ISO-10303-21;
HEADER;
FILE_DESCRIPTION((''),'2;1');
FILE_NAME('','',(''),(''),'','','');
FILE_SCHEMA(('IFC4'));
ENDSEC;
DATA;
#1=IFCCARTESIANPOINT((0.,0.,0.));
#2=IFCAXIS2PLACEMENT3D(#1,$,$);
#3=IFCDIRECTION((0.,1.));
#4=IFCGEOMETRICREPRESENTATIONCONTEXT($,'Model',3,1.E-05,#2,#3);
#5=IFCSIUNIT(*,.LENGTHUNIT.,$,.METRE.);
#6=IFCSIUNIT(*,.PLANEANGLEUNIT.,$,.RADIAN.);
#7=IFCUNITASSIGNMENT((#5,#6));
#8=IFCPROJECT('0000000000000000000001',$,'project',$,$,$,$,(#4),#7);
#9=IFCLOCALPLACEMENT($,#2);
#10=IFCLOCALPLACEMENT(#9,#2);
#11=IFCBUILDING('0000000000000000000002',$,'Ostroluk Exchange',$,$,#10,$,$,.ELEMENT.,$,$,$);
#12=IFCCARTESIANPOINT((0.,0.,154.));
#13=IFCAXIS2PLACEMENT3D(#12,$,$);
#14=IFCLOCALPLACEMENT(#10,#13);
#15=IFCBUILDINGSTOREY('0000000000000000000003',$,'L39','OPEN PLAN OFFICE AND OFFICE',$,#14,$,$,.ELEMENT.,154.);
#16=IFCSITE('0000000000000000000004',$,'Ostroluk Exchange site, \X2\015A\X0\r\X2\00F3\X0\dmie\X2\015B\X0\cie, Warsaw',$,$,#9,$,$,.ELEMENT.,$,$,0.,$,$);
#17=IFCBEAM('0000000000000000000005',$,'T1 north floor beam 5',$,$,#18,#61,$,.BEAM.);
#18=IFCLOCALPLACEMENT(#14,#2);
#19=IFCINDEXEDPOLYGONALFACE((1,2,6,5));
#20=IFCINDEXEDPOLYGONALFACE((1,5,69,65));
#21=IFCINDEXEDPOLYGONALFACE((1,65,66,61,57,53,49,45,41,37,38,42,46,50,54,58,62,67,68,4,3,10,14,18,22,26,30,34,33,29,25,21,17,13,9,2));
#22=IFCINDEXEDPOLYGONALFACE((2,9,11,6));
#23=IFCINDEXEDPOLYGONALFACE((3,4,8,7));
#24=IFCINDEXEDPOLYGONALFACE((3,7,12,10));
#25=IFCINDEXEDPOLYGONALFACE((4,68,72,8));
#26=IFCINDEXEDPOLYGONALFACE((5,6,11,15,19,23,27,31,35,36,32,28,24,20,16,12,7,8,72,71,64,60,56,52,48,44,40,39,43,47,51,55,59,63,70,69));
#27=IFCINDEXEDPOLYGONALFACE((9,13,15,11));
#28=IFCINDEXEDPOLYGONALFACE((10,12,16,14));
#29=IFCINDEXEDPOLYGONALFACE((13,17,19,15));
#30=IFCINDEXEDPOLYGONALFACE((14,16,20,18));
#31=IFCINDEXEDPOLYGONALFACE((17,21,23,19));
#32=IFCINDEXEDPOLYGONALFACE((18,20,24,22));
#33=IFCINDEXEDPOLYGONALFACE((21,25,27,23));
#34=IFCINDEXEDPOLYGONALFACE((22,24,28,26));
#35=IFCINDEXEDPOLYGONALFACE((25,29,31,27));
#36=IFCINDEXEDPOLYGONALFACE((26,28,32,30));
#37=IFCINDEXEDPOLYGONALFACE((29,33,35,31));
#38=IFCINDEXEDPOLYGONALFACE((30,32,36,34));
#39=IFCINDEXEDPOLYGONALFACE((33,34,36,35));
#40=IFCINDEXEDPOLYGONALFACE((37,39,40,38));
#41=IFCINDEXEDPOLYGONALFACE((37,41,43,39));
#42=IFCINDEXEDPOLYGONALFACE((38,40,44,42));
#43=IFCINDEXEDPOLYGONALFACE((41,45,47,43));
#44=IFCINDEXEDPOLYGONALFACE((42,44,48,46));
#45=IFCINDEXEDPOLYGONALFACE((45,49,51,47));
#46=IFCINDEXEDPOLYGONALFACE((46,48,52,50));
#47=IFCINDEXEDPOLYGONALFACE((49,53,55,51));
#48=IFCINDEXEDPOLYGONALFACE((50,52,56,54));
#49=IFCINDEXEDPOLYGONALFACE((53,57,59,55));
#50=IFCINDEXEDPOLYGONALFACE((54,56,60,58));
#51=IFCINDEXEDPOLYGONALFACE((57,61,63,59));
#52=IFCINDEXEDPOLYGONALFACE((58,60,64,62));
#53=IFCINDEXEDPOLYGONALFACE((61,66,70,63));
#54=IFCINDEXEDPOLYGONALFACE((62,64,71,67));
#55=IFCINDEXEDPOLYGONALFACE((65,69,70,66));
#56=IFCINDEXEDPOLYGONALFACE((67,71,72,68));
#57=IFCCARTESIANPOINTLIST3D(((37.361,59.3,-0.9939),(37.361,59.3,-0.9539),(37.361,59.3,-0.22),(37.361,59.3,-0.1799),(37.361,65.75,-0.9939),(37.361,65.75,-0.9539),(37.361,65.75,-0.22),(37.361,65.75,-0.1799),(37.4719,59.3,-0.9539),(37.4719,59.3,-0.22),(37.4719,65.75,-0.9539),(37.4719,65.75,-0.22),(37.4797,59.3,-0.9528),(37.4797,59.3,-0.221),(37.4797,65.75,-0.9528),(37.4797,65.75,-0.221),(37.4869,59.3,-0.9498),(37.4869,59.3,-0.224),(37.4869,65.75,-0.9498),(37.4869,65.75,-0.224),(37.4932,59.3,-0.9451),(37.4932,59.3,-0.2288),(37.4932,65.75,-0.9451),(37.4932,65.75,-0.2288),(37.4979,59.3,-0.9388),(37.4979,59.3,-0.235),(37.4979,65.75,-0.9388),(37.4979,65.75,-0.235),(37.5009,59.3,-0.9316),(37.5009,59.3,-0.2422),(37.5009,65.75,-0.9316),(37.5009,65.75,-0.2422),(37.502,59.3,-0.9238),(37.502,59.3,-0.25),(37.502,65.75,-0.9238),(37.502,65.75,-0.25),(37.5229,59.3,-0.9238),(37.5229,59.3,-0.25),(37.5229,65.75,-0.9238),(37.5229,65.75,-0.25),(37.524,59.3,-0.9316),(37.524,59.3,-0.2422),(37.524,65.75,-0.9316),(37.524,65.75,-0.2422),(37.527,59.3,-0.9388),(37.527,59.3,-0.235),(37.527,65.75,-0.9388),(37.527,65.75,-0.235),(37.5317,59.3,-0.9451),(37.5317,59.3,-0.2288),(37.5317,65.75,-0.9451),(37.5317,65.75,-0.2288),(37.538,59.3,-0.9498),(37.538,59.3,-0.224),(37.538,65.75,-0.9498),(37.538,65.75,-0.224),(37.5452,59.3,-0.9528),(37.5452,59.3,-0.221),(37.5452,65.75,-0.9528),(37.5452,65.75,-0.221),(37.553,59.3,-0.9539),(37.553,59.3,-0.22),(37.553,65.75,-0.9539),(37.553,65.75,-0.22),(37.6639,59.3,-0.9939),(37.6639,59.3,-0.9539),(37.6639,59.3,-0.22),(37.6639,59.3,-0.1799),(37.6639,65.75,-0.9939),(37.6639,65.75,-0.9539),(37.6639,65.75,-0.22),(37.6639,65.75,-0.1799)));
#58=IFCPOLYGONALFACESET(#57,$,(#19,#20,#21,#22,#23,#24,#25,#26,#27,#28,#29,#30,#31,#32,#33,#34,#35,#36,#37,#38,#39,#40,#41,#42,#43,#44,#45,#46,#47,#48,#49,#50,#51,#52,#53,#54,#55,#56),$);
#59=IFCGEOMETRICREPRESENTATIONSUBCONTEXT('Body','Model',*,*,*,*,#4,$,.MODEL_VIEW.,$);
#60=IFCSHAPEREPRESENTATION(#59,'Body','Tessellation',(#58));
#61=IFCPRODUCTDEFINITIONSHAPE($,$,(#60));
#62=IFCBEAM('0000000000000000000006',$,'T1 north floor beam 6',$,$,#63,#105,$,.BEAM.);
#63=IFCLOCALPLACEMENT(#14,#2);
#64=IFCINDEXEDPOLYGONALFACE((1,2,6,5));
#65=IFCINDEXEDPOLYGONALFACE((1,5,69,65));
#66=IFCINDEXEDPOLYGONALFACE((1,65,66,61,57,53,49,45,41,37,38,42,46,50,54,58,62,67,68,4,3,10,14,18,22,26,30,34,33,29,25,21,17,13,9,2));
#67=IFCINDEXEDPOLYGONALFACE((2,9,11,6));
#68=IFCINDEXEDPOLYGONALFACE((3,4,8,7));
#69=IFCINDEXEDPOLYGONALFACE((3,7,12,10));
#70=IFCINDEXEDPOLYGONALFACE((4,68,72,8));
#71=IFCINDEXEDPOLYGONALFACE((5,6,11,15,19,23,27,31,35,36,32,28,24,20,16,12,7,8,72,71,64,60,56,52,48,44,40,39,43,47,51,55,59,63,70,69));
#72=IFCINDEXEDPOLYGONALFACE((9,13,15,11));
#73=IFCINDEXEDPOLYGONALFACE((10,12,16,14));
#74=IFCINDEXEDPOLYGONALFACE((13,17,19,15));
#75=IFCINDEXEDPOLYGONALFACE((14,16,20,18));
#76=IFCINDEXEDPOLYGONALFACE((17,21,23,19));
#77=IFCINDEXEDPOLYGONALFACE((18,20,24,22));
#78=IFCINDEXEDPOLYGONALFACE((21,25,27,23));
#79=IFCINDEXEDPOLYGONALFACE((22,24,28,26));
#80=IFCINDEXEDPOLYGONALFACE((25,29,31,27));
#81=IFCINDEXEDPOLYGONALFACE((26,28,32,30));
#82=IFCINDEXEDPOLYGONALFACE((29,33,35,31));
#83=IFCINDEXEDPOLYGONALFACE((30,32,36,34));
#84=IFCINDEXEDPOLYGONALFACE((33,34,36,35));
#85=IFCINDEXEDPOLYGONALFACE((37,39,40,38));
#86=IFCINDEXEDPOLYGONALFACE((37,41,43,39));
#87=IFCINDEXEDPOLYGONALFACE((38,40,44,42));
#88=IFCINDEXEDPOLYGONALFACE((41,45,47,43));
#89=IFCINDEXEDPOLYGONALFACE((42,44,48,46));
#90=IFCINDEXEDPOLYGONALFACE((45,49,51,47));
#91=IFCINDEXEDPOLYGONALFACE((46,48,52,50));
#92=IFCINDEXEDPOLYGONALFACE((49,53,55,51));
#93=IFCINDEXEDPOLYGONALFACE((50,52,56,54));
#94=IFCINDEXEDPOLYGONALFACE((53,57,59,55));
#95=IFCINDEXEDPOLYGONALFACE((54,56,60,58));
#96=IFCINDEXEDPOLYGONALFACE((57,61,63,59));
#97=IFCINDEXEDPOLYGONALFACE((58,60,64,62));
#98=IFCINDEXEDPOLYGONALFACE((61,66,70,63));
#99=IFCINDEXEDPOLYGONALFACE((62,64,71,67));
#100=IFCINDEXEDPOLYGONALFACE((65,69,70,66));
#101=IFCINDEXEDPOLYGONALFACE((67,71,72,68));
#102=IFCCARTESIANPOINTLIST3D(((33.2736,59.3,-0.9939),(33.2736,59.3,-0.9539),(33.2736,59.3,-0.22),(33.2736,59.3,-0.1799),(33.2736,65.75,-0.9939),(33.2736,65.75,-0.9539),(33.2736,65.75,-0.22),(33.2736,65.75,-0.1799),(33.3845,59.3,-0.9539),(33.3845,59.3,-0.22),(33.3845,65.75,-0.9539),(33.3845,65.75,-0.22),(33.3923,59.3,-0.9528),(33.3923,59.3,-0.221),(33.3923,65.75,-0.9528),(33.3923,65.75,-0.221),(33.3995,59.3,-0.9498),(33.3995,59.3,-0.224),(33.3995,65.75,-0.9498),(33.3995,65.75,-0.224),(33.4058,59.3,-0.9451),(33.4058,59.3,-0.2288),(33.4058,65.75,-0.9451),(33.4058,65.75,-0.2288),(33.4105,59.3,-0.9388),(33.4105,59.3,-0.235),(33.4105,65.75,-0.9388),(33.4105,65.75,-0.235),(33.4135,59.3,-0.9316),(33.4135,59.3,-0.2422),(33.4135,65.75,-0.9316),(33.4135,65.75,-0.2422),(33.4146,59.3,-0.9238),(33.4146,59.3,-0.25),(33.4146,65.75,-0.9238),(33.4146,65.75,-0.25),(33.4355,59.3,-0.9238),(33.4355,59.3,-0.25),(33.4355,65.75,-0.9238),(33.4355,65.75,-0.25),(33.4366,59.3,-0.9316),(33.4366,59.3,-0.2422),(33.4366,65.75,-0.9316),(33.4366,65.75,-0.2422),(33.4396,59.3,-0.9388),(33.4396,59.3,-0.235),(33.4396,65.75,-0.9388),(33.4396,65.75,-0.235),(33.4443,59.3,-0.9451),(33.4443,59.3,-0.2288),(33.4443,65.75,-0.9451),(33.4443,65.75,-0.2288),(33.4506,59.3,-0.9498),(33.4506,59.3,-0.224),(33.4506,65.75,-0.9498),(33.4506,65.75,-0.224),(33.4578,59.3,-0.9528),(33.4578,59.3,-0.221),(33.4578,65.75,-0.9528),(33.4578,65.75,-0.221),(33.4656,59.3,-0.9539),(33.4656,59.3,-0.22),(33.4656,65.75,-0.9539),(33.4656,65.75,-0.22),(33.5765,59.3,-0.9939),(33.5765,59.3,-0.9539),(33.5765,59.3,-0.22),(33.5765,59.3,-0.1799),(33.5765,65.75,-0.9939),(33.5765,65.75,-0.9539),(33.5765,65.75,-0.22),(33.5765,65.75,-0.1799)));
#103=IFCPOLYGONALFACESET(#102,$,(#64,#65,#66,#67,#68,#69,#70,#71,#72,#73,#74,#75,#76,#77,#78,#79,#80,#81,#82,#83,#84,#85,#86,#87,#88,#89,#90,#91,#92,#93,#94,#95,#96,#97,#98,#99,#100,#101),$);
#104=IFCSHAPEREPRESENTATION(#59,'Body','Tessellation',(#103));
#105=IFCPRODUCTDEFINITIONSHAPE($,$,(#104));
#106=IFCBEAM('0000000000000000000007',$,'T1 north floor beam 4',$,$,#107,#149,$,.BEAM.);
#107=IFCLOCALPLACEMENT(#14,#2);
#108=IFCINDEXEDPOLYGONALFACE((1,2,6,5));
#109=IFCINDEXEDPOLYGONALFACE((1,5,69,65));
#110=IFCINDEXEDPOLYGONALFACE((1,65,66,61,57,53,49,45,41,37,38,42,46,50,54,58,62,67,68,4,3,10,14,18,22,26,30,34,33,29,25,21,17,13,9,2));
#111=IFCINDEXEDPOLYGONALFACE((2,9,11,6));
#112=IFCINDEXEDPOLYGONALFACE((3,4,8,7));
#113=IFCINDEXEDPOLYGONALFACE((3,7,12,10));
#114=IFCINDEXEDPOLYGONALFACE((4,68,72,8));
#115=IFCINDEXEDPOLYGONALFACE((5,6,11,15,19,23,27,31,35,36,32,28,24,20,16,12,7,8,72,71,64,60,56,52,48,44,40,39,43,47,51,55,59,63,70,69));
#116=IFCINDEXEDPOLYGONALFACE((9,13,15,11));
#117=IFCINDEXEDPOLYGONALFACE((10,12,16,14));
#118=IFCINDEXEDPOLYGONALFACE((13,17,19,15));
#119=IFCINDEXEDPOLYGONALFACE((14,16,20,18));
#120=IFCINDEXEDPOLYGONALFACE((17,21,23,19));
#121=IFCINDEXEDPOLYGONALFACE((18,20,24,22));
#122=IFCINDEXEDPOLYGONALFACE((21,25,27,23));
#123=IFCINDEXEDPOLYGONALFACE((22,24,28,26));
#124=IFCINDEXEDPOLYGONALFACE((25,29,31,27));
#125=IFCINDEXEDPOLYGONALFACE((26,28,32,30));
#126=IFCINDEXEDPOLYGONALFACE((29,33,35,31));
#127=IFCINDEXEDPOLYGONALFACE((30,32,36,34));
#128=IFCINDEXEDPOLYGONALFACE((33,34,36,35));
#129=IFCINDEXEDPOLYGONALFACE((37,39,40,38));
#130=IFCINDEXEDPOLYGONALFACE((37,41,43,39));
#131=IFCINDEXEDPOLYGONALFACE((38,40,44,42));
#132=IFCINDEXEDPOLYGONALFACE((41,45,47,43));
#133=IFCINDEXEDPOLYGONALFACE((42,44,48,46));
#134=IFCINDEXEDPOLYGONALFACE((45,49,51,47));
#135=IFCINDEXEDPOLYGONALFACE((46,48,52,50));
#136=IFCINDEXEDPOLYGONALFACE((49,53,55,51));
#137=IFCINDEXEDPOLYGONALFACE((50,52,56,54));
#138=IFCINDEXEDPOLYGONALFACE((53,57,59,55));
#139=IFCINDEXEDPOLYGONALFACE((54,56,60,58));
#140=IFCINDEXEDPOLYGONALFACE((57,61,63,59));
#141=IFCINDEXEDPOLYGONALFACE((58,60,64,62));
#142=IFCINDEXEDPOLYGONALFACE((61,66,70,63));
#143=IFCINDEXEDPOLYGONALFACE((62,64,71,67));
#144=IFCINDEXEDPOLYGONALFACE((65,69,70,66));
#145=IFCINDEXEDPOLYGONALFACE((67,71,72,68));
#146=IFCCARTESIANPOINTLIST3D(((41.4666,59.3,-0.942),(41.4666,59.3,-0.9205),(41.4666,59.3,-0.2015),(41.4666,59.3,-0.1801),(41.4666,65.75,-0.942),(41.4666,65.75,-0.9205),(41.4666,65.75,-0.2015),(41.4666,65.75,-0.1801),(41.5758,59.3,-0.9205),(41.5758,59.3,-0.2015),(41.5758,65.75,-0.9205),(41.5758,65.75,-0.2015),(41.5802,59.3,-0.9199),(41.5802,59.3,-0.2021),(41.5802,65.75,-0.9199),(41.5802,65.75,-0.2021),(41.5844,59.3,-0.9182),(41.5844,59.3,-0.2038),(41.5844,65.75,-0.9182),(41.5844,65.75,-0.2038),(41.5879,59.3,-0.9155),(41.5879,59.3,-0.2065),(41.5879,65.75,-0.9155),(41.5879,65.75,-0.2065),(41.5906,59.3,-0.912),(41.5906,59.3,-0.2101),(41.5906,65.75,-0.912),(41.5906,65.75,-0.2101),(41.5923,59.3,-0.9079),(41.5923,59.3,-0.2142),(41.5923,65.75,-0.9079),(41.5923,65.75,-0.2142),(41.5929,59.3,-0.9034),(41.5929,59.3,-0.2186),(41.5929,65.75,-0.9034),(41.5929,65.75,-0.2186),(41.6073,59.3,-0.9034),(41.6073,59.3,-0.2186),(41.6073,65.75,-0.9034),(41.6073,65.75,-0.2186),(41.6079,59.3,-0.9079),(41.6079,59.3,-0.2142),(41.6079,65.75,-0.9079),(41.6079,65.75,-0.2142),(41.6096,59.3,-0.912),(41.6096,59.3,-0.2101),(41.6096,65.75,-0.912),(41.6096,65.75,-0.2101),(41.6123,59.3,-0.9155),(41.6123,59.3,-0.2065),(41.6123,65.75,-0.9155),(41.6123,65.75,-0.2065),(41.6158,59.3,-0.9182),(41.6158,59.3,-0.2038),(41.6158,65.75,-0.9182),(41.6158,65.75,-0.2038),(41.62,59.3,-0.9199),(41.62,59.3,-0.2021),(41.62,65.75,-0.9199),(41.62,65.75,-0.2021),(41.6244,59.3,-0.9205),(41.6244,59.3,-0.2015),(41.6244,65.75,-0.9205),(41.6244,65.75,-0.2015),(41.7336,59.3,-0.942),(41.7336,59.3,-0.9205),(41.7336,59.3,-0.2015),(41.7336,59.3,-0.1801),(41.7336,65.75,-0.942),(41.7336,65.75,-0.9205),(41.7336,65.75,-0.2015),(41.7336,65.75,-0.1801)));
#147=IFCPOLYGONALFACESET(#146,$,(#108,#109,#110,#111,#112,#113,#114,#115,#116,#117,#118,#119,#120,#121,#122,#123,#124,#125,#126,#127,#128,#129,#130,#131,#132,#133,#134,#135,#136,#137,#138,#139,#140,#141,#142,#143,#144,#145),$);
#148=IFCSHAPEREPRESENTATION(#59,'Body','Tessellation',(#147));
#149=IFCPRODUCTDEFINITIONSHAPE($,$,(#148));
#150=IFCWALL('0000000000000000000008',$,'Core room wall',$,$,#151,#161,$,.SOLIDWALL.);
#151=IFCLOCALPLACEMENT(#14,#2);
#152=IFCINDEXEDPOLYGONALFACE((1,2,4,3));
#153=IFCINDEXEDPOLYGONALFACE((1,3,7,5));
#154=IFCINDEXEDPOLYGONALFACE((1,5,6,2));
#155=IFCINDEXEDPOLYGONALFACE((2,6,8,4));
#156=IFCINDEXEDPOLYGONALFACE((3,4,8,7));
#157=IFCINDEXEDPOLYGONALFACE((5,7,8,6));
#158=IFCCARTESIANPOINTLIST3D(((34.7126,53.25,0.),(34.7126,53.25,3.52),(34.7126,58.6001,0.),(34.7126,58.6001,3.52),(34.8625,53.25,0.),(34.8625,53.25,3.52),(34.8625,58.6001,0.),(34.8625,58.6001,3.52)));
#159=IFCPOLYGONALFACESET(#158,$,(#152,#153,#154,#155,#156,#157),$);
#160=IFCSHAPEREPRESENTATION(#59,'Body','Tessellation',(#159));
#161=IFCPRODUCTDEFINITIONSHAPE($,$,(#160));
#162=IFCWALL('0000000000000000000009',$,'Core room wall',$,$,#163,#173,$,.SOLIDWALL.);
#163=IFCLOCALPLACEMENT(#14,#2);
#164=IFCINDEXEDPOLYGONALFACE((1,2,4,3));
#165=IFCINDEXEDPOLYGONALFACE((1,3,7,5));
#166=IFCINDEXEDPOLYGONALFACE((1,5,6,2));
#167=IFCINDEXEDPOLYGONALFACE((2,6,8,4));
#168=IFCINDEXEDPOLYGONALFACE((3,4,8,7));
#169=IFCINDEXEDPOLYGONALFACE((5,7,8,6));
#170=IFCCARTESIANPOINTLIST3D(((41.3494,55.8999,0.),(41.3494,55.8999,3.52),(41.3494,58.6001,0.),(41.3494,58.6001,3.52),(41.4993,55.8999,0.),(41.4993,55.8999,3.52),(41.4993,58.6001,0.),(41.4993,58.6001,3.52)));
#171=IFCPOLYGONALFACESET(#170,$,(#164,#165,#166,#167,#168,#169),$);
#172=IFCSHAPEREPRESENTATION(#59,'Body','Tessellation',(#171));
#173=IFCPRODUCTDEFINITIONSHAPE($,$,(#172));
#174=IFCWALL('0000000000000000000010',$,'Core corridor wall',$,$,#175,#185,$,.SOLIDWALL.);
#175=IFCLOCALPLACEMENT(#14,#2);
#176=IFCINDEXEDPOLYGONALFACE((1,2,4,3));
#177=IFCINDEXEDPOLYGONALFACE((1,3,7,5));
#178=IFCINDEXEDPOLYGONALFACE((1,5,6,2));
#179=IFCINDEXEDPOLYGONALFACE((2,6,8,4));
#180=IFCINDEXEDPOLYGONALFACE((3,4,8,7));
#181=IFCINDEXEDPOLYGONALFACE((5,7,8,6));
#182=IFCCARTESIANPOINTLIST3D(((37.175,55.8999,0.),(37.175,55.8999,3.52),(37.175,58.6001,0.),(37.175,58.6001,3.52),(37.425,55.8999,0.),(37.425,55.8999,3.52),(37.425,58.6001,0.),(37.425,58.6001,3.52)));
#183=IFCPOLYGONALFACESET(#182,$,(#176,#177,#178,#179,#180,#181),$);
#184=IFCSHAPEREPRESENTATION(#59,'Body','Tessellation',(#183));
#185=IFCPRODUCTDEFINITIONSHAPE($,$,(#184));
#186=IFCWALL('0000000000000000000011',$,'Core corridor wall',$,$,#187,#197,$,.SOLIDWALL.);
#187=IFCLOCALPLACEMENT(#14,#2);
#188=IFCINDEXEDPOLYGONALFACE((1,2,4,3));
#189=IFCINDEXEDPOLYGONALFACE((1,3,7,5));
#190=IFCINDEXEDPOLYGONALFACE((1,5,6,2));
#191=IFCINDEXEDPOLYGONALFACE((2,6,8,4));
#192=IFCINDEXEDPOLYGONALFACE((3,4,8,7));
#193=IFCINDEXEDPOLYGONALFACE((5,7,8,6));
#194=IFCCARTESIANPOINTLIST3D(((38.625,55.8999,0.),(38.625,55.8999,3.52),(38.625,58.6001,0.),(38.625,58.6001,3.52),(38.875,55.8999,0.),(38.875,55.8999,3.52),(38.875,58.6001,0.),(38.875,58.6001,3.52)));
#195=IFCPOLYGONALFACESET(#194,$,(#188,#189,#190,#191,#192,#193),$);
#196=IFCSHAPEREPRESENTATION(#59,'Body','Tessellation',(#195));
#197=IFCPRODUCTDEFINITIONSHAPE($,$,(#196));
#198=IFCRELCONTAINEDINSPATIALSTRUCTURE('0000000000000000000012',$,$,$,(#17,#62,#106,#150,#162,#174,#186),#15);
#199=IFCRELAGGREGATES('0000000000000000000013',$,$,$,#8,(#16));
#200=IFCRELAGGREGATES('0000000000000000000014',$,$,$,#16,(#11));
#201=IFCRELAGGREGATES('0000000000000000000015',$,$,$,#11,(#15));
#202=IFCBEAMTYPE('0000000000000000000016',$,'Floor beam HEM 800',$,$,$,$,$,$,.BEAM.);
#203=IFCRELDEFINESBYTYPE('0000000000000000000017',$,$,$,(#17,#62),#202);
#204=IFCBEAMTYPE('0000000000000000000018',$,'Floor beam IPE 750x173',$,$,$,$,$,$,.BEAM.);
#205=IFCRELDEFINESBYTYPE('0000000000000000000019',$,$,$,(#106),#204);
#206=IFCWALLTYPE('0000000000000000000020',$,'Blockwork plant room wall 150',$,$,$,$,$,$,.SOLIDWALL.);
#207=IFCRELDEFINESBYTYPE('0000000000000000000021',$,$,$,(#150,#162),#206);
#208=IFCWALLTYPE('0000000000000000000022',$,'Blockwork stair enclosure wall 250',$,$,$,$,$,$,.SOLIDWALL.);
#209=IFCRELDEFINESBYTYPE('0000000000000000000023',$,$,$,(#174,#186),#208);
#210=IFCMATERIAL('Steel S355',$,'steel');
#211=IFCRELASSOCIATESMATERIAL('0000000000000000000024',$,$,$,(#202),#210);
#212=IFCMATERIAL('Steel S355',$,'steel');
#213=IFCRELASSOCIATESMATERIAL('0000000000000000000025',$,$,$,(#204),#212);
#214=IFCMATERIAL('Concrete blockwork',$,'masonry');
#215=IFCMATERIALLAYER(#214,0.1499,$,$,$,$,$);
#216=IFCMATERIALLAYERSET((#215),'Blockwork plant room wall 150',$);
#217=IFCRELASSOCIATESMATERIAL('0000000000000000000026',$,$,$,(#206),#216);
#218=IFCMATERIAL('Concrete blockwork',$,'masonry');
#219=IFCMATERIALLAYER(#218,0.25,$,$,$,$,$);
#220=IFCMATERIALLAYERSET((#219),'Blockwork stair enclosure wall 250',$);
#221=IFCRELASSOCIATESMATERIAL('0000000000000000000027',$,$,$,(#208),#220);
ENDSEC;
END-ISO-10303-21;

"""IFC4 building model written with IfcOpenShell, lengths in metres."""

from ifc_helpers import new_model, si_unit, direction, frame, frame_2d, origin, origin_2d, place, context, subcontext, project, spatial, rectangle, i_section, extrude, material, layer, layer_set, material_profile, profile_set, type_object, element, save


model = new_model("IFC4")

# Units and contexts
model_context = context("Model", 3, precision=1e-05, world=origin(), true_north=direction((0.0, 1.0)))
body_context = subcontext(model_context, "Body", "Model", "MODEL_VIEW")
ifc_project = project(units=[si_unit("LENGTHUNIT", "METRE"), si_unit("PLANEANGLEUNIT", "RADIAN")], contexts=[model_context])

# Site, building, storey
site_placement = place(None, origin())
site = spatial("IfcSite", under=ifc_project, at=site_placement, Name="Ostroluk Exchange site, Śródmieście, Warsaw", CompositionType="ELEMENT", RefElevation=0.0)
building_placement = place(site_placement, origin())
building = spatial("IfcBuilding", under=site, at=building_placement, Name="Ostroluk Exchange", CompositionType="ELEMENT")
storey_placement = place(building_placement, frame((0.0, 0.0, 154.0)))
storey = spatial("IfcBuildingStorey", under=building, at=storey_placement, Name="L39", Description="OPEN PLAN OFFICE AND OFFICE", CompositionType="ELEMENT", Elevation=154.0)

# Beams
ifc_material_1 = material(Name="Steel S355", Category="steel")
ifc_material_profile_1 = material_profile(ifc_material_1, i_section(OverallWidth=0.303, OverallDepth=0.814, WebThickness=0.021, FlangeThickness=0.04, FilletRadius=0.03, at=origin_2d()), Name="HEM 800")
ifc_profile_set_1 = profile_set([ifc_material_profile_1], Name="Steel S355")
beam_type_1 = type_object("IfcBeamType", Name="Floor beam HEM 800", PredefinedType="BEAM", material=ifc_profile_set_1)
for number, where, z_axis, x_axis, name in (
    (1, (37.5125, 59.3, -0.5869), (0.0, 1.0, 0.0), (-1.0, 0.0, 0.0), "T1 north floor beam 5"),
    (2, (33.425, 59.3, -0.5869), (0.0, 1.0, 0.0), (-1.0, 0.0, 0.0), "T1 north floor beam 6"),
):
    element("IfcBeam", number, at=place(storey_placement, frame(where, z_axis=z_axis, x_axis=x_axis)), inside=storey, type_object=beam_type_1, Name=name, PredefinedType="BEAM", context=body_context, shape_type="SweptSolid", body=[
        extrude(i_section(OverallWidth=0.303, OverallDepth=0.814, WebThickness=0.021, FlangeThickness=0.04, FilletRadius=0.03, at=origin_2d()), origin(), (0.0, 0.0, 1.0), 6.45),
    ])
ifc_material_2 = material(Name="Steel S355", Category="steel")
ifc_material_profile_2 = material_profile(ifc_material_2, i_section(OverallWidth=0.2671, OverallDepth=0.762, WebThickness=0.0144, FlangeThickness=0.0215, FilletRadius=0.0171, at=origin_2d()), Name="IPE 750x173")
ifc_profile_set_2 = profile_set([ifc_material_profile_2], Name="Steel S355")
beam_type_2 = type_object("IfcBeamType", Name="Floor beam IPE 750x173", PredefinedType="BEAM", material=ifc_profile_set_2)
beam_placement = place(storey_placement, frame((41.6001, 59.3, -0.561), z_axis=(0.0, 1.0, 0.0), x_axis=(-1.0, 0.0, 0.0)))
element("IfcBeam", 3, at=beam_placement, inside=storey, type_object=beam_type_2, Name="T1 north floor beam 4", PredefinedType="BEAM", context=body_context, shape_type="SweptSolid", body=[
    extrude(i_section(OverallWidth=0.2671, OverallDepth=0.762, WebThickness=0.0144, FlangeThickness=0.0215, FilletRadius=0.0171, at=origin_2d()), origin(), (0.0, 0.0, 1.0), 6.45),
])

# Walls
ifc_material_3 = material(Name="Concrete blockwork", Category="masonry")
ifc_layer_1 = layer(ifc_material_3, 0.1499)
ifc_layer_set_1 = layer_set([ifc_layer_1], Name="Blockwork plant room wall 150")
wall_type_1 = type_object("IfcWallType", Name="Blockwork plant room wall 150", PredefinedType="SOLIDWALL", material=ifc_layer_set_1)
wall_1_placement = place(storey_placement, frame((34.7876, 53.25, 0.0), z_axis=(0.0, 0.0, 1.0), x_axis=(0.0, 1.0, 0.0)))
element("IfcWall", 4, at=wall_1_placement, inside=storey, type_object=wall_type_1, Name="Core room wall", PredefinedType="SOLIDWALL", context=body_context, shape_type="SweptSolid", body=[
    extrude(rectangle(XDim=5.3501, YDim=0.1499, at=frame_2d((2.675, 0.0))), origin(), (0.0, 0.0, 1.0), 3.52),
])
wall_2_placement = place(storey_placement, frame((41.4243, 55.8999, 0.0), z_axis=(0.0, 0.0, 1.0), x_axis=(0.0, 1.0, 0.0)))
element("IfcWall", 5, at=wall_2_placement, inside=storey, type_object=wall_type_1, Name="Core room wall", PredefinedType="SOLIDWALL", context=body_context, shape_type="SweptSolid", body=[
    extrude(rectangle(XDim=2.7002, YDim=0.1499, at=frame_2d((1.3501, 0.0))), origin(), (0.0, 0.0, 1.0), 3.52),
])
ifc_material_4 = material(Name="Concrete blockwork", Category="masonry")
ifc_layer_2 = layer(ifc_material_4, 0.25)
ifc_layer_set_2 = layer_set([ifc_layer_2], Name="Blockwork stair enclosure wall 250")
wall_type_2 = type_object("IfcWallType", Name="Blockwork stair enclosure wall 250", PredefinedType="SOLIDWALL", material=ifc_layer_set_2)
for number, where, z_axis, x_axis, name in (
    (6, (37.3, 55.8999, 0.0), (0.0, 0.0, 1.0), (0.0, 1.0, 0.0), "Core corridor wall"),
    (7, (38.75, 55.8999, 0.0), (0.0, 0.0, 1.0), (0.0, 1.0, 0.0), "Core corridor wall"),
):
    element("IfcWall", number, at=place(storey_placement, frame(where, z_axis=z_axis, x_axis=x_axis)), inside=storey, type_object=wall_type_2, Name=name, PredefinedType="SOLIDWALL", context=body_context, shape_type="SweptSolid", body=[
        extrude(rectangle(XDim=2.7002, YDim=0.25, at=frame_2d((1.3501, 0.0))), origin(), (0.0, 0.0, 1.0), 3.52),
    ])

save(model, "model.ifc")
